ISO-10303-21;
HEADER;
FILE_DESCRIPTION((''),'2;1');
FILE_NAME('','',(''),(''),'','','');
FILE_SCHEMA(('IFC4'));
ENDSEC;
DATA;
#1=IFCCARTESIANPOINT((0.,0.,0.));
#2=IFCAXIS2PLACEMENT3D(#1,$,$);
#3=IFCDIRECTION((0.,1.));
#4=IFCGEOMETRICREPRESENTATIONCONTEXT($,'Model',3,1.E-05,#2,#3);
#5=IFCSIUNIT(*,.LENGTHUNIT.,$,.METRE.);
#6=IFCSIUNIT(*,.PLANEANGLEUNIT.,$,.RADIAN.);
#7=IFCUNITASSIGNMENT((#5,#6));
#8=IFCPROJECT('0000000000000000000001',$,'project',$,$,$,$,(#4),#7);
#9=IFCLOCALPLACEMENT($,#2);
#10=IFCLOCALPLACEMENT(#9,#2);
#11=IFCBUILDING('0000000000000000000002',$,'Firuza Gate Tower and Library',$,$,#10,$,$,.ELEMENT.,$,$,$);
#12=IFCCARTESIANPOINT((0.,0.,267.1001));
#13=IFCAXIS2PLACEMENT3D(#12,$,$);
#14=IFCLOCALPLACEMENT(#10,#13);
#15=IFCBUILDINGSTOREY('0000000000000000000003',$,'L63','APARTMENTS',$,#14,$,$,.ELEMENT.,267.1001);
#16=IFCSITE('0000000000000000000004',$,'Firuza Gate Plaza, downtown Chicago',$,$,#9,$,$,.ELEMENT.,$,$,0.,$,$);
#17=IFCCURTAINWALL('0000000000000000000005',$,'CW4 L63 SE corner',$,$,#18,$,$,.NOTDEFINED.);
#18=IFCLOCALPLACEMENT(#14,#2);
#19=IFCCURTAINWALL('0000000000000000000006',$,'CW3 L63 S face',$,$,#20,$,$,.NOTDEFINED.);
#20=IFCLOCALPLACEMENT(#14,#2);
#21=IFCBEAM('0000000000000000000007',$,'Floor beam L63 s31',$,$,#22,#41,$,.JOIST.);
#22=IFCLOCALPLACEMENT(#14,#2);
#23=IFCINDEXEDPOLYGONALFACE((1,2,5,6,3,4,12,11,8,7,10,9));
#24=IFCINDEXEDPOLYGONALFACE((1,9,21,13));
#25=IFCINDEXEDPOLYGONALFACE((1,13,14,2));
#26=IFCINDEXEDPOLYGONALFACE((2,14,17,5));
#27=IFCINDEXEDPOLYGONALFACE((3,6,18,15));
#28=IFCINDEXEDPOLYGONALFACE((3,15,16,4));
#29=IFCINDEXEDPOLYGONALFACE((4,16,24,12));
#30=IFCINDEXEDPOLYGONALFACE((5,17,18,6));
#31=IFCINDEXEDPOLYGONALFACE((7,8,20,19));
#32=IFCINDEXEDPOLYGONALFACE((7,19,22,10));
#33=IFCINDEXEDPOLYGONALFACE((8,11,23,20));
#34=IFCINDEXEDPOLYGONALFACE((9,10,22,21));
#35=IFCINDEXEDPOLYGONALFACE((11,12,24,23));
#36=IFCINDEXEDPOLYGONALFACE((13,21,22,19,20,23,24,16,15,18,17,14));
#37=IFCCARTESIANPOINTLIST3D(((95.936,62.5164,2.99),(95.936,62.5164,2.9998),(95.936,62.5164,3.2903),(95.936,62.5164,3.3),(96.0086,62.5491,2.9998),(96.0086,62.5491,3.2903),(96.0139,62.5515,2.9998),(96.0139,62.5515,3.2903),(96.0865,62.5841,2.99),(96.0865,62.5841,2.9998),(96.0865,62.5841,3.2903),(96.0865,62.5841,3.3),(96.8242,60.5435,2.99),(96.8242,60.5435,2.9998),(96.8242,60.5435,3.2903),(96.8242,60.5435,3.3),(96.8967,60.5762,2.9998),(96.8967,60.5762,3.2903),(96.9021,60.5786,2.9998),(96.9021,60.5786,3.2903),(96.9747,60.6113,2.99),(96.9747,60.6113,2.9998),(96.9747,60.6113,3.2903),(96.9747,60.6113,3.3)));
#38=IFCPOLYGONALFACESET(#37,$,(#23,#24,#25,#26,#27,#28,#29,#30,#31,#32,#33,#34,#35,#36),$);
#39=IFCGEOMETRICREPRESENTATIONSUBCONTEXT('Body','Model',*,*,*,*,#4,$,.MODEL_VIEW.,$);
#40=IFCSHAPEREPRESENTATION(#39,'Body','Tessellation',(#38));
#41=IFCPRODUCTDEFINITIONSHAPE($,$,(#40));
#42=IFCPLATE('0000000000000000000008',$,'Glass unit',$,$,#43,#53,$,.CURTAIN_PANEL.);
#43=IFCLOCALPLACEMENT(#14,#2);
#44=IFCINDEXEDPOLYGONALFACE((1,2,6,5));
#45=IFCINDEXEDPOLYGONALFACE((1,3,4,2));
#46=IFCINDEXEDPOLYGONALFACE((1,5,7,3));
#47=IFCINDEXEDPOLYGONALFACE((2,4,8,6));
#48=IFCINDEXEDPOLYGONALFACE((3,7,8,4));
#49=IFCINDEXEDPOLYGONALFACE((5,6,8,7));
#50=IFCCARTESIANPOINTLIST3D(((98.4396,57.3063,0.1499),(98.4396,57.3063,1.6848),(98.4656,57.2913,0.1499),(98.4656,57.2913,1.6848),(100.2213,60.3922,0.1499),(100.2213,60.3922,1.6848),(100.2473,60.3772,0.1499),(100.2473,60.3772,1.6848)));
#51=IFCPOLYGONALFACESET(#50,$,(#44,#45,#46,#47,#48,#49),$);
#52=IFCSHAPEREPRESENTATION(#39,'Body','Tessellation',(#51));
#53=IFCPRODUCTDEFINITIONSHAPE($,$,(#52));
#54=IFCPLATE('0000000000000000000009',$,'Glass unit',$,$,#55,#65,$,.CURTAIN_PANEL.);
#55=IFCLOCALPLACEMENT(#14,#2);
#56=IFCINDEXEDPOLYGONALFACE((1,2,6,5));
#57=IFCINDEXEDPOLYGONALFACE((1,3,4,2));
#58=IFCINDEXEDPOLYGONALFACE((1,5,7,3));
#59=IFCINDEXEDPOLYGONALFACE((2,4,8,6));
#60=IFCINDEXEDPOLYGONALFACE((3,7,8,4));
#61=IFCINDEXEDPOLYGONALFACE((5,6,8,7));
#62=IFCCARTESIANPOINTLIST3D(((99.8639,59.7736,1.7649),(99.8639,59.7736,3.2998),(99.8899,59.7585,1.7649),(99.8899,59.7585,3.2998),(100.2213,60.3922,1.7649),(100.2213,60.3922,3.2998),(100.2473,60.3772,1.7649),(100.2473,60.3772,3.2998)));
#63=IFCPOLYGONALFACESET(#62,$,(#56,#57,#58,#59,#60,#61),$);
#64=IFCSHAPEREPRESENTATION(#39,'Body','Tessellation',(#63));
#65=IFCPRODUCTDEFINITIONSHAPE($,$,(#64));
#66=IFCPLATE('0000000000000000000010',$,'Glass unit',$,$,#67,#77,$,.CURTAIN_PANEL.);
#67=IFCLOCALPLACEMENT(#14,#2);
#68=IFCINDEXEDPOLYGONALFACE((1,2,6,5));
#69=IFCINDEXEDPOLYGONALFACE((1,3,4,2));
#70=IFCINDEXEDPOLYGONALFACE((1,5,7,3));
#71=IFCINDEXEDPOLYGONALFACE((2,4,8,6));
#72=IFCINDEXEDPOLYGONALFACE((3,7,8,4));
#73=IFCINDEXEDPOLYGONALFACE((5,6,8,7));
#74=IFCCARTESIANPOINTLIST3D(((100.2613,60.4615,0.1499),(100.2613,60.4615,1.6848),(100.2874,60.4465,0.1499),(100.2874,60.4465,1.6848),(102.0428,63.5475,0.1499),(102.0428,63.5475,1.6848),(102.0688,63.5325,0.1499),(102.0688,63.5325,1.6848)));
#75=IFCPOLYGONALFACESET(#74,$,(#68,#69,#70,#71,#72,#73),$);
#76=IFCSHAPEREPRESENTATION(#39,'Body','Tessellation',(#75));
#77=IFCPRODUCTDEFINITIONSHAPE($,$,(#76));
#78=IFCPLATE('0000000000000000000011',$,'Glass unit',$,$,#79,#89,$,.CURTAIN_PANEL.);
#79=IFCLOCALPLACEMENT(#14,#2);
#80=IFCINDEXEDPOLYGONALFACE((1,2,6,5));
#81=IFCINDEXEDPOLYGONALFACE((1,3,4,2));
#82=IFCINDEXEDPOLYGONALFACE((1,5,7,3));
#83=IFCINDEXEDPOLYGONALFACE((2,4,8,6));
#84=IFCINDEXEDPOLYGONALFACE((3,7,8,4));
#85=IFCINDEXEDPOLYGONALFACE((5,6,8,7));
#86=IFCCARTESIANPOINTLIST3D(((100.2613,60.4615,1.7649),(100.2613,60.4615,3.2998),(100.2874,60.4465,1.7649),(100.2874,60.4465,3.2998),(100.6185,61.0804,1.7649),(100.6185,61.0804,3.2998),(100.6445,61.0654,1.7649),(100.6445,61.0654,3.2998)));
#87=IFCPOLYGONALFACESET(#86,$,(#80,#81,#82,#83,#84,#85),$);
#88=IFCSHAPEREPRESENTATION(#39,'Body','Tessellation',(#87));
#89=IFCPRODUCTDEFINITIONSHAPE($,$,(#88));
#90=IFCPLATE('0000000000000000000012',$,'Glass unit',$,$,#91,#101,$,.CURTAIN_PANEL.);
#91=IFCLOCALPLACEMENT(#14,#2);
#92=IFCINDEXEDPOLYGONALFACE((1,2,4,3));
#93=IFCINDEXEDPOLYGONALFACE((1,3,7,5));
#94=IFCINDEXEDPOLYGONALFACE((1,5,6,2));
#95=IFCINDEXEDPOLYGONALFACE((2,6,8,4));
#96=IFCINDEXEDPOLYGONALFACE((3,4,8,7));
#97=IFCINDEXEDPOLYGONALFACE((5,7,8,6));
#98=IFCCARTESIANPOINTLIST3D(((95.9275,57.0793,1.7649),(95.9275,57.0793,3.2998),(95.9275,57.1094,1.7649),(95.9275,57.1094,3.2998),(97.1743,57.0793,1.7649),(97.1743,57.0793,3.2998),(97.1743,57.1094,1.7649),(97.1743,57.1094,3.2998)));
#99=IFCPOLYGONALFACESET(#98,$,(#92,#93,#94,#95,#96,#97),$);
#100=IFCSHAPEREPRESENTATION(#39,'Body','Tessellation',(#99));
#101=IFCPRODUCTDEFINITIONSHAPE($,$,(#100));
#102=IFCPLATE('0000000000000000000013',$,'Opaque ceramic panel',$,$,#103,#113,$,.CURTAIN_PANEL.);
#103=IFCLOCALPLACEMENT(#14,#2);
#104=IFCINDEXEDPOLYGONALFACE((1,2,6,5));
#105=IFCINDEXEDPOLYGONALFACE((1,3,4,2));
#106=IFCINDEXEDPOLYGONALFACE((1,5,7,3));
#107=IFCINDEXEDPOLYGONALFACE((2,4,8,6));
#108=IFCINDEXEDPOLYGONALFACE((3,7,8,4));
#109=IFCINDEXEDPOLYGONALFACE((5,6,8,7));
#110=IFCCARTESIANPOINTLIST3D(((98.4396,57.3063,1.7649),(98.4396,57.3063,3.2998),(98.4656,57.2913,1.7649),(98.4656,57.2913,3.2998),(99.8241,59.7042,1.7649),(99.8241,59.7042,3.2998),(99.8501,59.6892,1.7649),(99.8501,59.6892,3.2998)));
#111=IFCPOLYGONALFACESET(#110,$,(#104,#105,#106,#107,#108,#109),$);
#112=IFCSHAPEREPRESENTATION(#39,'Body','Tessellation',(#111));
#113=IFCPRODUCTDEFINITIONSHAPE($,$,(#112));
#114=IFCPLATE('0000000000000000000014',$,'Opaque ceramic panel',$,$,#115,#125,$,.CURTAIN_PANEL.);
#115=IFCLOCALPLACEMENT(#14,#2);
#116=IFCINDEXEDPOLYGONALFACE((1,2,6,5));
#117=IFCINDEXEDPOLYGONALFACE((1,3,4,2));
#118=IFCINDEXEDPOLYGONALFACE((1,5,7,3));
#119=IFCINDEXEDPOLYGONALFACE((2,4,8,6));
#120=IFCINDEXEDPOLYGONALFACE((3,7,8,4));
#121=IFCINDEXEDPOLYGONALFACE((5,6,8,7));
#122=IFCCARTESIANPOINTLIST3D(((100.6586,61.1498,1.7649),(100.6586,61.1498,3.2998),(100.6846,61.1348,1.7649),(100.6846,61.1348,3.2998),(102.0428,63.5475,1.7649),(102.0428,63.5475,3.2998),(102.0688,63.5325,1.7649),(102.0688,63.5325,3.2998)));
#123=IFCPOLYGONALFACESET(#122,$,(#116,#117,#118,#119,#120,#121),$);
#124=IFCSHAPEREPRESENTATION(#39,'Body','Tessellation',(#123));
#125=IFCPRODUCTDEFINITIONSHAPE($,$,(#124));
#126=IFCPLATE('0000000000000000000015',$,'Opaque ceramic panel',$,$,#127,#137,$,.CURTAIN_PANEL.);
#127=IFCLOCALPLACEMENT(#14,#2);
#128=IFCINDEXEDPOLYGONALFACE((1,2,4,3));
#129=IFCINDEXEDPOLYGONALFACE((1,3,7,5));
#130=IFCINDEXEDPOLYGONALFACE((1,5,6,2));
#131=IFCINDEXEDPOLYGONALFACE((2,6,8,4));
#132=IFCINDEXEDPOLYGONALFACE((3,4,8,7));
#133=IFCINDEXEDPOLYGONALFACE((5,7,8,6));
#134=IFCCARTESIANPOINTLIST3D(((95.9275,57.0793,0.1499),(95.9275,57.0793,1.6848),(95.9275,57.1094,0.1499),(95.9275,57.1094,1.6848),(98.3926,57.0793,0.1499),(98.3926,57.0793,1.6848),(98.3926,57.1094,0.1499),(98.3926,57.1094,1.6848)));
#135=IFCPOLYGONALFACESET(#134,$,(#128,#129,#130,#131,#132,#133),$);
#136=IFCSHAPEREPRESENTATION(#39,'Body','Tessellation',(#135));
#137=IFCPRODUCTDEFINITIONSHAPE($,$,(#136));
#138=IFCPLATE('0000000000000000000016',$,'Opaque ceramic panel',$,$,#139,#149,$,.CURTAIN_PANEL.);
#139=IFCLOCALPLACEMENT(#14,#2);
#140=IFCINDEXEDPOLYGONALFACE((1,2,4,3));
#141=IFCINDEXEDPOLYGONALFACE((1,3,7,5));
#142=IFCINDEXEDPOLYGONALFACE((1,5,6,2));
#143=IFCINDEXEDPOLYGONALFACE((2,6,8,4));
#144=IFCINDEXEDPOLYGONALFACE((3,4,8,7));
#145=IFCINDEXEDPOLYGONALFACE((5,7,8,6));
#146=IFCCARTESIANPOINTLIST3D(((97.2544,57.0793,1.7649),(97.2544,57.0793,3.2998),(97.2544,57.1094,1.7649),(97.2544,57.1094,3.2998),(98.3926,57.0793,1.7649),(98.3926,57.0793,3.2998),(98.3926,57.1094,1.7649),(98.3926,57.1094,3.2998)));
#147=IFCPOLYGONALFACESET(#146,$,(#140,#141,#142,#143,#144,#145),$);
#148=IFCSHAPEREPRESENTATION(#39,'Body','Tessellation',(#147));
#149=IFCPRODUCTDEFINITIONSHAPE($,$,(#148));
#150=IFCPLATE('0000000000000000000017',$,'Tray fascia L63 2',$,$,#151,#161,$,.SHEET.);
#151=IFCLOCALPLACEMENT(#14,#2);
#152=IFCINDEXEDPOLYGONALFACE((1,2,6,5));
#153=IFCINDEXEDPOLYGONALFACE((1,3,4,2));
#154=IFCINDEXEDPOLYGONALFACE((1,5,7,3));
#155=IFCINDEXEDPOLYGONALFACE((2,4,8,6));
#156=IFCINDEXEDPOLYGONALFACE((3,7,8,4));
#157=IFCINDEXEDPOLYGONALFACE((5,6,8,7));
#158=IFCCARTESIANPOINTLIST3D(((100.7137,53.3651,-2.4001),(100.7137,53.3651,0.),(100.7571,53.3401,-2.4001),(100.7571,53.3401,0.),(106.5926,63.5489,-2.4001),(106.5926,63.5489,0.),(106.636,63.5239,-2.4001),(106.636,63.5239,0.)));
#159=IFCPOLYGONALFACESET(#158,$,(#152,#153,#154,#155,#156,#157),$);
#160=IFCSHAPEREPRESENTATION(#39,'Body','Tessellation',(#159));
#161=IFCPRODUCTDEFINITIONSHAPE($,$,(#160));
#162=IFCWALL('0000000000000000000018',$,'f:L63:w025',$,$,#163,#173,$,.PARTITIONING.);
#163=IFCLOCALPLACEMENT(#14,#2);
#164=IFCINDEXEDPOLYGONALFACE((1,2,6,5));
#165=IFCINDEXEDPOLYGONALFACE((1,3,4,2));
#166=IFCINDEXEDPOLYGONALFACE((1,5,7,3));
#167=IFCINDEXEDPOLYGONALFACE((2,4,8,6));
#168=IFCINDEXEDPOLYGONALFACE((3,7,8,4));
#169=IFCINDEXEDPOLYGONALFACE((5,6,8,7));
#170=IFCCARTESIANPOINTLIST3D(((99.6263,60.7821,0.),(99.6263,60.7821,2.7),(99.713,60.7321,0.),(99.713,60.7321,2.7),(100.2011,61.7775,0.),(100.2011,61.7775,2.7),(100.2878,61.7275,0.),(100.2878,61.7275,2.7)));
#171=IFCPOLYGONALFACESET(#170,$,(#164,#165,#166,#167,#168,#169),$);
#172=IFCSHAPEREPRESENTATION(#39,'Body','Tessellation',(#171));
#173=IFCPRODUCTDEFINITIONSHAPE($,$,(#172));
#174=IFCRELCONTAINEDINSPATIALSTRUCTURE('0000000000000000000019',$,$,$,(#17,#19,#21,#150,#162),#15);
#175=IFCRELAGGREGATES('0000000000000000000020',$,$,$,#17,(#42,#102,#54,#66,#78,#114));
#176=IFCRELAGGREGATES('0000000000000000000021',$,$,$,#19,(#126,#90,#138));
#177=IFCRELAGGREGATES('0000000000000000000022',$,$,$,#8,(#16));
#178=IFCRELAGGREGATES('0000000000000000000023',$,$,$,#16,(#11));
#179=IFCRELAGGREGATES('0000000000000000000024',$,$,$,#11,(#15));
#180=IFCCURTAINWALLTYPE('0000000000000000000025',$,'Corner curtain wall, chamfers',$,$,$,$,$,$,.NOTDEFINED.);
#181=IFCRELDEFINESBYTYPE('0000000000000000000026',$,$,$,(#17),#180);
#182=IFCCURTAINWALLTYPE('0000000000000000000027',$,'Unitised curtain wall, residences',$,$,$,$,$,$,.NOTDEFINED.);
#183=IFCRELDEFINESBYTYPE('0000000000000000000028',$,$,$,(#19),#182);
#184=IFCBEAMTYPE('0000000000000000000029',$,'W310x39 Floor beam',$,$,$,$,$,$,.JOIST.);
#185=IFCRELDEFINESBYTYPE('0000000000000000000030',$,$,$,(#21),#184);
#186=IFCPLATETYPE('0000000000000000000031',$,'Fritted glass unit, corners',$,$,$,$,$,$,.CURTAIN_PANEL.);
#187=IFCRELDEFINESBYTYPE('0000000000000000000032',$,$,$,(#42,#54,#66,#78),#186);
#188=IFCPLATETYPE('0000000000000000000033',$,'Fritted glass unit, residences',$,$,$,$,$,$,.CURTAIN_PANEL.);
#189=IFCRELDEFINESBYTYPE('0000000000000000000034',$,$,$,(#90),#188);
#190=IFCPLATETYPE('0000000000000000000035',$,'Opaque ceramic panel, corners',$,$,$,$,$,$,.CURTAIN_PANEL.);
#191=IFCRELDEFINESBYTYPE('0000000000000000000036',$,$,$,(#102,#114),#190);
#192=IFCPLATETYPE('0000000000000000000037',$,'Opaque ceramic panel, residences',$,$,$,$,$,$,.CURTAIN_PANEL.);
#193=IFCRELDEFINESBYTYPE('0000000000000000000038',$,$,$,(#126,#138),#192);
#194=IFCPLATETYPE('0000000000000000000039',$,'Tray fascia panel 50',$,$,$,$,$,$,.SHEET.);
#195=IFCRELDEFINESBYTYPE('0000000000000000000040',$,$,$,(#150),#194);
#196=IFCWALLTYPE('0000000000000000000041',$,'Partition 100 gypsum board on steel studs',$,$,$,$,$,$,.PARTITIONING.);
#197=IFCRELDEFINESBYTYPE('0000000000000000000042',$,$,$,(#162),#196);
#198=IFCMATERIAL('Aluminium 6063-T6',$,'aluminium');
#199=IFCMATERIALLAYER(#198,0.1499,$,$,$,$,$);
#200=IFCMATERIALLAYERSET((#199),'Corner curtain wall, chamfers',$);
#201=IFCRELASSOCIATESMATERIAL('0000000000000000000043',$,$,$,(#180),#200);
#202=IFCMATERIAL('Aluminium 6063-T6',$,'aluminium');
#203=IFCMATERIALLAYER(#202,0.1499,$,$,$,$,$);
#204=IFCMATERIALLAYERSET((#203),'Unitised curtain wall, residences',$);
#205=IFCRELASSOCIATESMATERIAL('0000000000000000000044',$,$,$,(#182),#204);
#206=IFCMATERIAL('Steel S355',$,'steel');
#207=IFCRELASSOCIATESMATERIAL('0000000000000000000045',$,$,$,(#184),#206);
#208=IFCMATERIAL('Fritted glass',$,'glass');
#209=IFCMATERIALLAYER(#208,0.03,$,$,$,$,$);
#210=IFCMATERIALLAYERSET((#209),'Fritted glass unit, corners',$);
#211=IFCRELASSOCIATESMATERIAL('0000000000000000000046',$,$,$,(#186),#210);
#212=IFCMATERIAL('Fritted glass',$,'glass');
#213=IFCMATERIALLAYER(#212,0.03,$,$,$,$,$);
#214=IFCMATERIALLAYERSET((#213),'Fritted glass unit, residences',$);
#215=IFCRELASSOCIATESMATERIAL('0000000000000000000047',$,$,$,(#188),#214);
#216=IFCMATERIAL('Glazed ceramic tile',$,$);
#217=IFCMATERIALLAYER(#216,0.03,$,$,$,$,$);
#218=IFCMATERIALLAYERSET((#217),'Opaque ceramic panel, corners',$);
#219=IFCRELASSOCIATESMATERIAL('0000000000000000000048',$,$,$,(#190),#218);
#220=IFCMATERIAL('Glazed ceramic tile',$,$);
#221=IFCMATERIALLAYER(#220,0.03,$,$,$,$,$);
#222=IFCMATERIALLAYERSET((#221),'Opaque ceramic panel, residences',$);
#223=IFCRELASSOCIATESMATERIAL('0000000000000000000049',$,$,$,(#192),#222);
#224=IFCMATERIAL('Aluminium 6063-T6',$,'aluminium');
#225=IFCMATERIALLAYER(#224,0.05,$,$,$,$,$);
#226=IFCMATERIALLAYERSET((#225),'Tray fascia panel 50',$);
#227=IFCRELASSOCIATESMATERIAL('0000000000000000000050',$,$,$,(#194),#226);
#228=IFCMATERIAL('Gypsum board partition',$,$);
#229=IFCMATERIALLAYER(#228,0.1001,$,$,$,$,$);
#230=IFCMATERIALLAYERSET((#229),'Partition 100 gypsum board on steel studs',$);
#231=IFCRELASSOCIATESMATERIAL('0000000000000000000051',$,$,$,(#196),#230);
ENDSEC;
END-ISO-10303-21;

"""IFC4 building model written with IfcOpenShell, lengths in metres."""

from ifc_helpers import new_model, si_unit, direction, frame, frame_2d, origin, origin_2d, place, context, subcontext, project, spatial, polyline, rectangle, i_section, outline, extrude, material, layer, layer_set, material_profile, profile_set, type_object, element, aggregate, save


model = new_model("IFC4")

# Units and contexts
model_context = context("Model", 3, precision=1e-05, world=origin(), true_north=direction((0.0, 1.0)))
body_context = subcontext(model_context, "Body", "Model", "MODEL_VIEW")
ifc_project = project(units=[si_unit("LENGTHUNIT", "METRE"), si_unit("PLANEANGLEUNIT", "RADIAN")], contexts=[model_context])

# Site, building, storey
site_placement = place(None, origin())
site = spatial("IfcSite", under=ifc_project, at=site_placement, Name="Firuza Gate Plaza, downtown Chicago", CompositionType="ELEMENT", RefElevation=0.0)
building_placement = place(site_placement, origin())
building = spatial("IfcBuilding", under=site, at=building_placement, Name="Firuza Gate Tower and Library", CompositionType="ELEMENT")
storey_placement = place(building_placement, frame((0.0, 0.0, 267.1001)))
storey = spatial("IfcBuildingStorey", under=building, at=storey_placement, Name="L63", Description="APARTMENTS", CompositionType="ELEMENT", Elevation=267.1001)

# Curtain walls
ifc_material_1 = material(Name="Aluminium 6063-T6", Category="aluminium")
ifc_layer_1 = layer(ifc_material_1, 0.1499)
ifc_layer_set_1 = layer_set([ifc_layer_1], Name="Corner curtain wall, chamfers")
curtain_wall_type_1 = type_object("IfcCurtainWallType", Name="Corner curtain wall, chamfers", PredefinedType="NOTDEFINED", material=ifc_layer_set_1)
placement = place(storey_placement, origin())
curtain_wall_1 = element("IfcCurtainWall", 1, at=placement, inside=storey, type_object=curtain_wall_type_1, Name="CW4 L63 SE corner", PredefinedType="NOTDEFINED")
ifc_material_2 = material(Name="Aluminium 6063-T6", Category="aluminium")
ifc_layer_2 = layer(ifc_material_2, 0.1499)
ifc_layer_set_2 = layer_set([ifc_layer_2], Name="Unitised curtain wall, residences")
curtain_wall_type_2 = type_object("IfcCurtainWallType", Name="Unitised curtain wall, residences", PredefinedType="NOTDEFINED", material=ifc_layer_set_2)
curtain_wall_2 = element("IfcCurtainWall", 2, at=placement, inside=storey, type_object=curtain_wall_type_2, Name="CW3 L63 S face", PredefinedType="NOTDEFINED")

# Beam
ifc_material_3 = material(Name="Steel S355", Category="steel")
ifc_material_profile_1 = material_profile(ifc_material_3, i_section(OverallWidth=0.165, OverallDepth=0.3101, WebThickness=0.0059, FlangeThickness=0.0098, at=origin_2d()))
ifc_profile_set_1 = profile_set([ifc_material_profile_1], Name="Steel S355")
beam_type = type_object("IfcBeamType", Name="W310x39 Floor beam", PredefinedType="JOIST", material=ifc_profile_set_1)
beam_placement = place(storey_placement, frame((96.8994, 60.5774, 3.145), z_axis=(-0.41051, 0.911856, 0.0), x_axis=(-0.911856, -0.41051, 0.0)))
element("IfcBeam", 3, at=beam_placement, inside=storey, type_object=beam_type, Name="Floor beam L63 s31", PredefinedType="JOIST", context=body_context, shape_type="SweptSolid", body=[
    extrude(i_section(OverallWidth=0.165, OverallDepth=0.3101, WebThickness=0.0059, FlangeThickness=0.0098, at=origin_2d()), origin(), (0.0, 0.0, 1.0), 2.1636),
])

# Plates
ifc_material_4 = material(Name="Fritted glass", Category="glass")
ifc_layer_3 = layer(ifc_material_4, 0.03)
ifc_layer_set_3 = layer_set([ifc_layer_3], Name="Fritted glass unit, corners")
plate_type_1 = type_object("IfcPlateType", Name="Fritted glass unit, corners", PredefinedType="CURTAIN_PANEL", material=ifc_layer_set_3)
plate_1_placement = place(storey_placement, frame((98.4656, 57.2913, 0.1499), z_axis=(0.866017, -0.500015, 0.0), x_axis=(0.500015, 0.866017, 0.0)))
plate_1 = element("IfcPlate", 4, at=plate_1_placement, type_object=plate_type_1, Name="Glass unit", PredefinedType="CURTAIN_PANEL", context=body_context, shape_type="SweptSolid", body=[
    extrude(outline(polyline([(0.0, 0.0), (3.5634, 0.0), (3.5634, 1.5349), (0.0, 1.5349), (0.0, 0.0)])), origin(), (0.0, 0.0, -1.0), 0.03),
])
plate_2_placement = place(storey_placement, frame((99.8899, 59.7585, 1.7649), z_axis=(0.865878, -0.500255, 0.0), x_axis=(0.500255, 0.865878, 0.0)))
plate_2 = element("IfcPlate", 5, at=plate_2_placement, type_object=plate_type_1, Name="Glass unit", PredefinedType="CURTAIN_PANEL", context=body_context, shape_type="SweptSolid", body=[
    extrude(outline(polyline([(0.0, 0.0), (0.7145, 0.0), (0.7145, 1.5349), (0.0, 1.5349), (0.0, 0.0)])), origin(), (0.0, 0.0, -1.0), 0.03),
])
plate_3_placement = place(storey_placement, frame((100.2874, 60.4465, 0.1499), z_axis=(0.866046, -0.499964, 0.0), x_axis=(0.499964, 0.866046, 0.0)))
plate_3 = element("IfcPlate", 6, at=plate_3_placement, type_object=plate_type_1, Name="Glass unit", PredefinedType="CURTAIN_PANEL", context=body_context, shape_type="SweptSolid", body=[
    extrude(outline(polyline([(0.0, 0.0), (3.5632, 0.0), (3.5632, 1.5349), (0.0, 1.5349), (0.0, 0.0)])), origin(), (0.0, 0.0, -1.0), 0.03),
])
plate_4_placement = place(storey_placement, frame((100.2874, 60.4465, 1.7649), z_axis=(0.866112, -0.499851, 0.0), x_axis=(0.499851, 0.866112, 0.0)))
plate_4 = element("IfcPlate", 7, at=plate_4_placement, type_object=plate_type_1, Name="Glass unit", PredefinedType="CURTAIN_PANEL", context=body_context, shape_type="SweptSolid", body=[
    extrude(outline(polyline([(0.0, 0.0), (0.7146, 0.0), (0.7146, 1.5349), (0.0, 1.5349), (0.0, 0.0)])), origin(), (0.0, 0.0, -1.0), 0.03),
])
ifc_material_5 = material(Name="Fritted glass", Category="glass")
ifc_layer_4 = layer(ifc_material_5, 0.03)
ifc_layer_set_4 = layer_set([ifc_layer_4], Name="Fritted glass unit, residences")
plate_type_2 = type_object("IfcPlateType", Name="Fritted glass unit, residences", PredefinedType="CURTAIN_PANEL", material=ifc_layer_set_4)
plate_5_placement = place(storey_placement, frame((95.9275, 57.0793, 1.7649), z_axis=(0.0, -1.0, 0.0), x_axis=(1.0, 0.0, 0.0)))
plate_5 = element("IfcPlate", 8, at=plate_5_placement, type_object=plate_type_2, Name="Glass unit", PredefinedType="CURTAIN_PANEL", context=body_context, shape_type="SweptSolid", body=[
    extrude(outline(polyline([(0.0, 0.0), (1.2468, 0.0), (1.2468, 1.5349), (0.0, 1.5349), (0.0, 0.0)])), origin(), (0.0, 0.0, -1.0), 0.03),
])
ifc_material_6 = material(Name="Glazed ceramic tile")
ifc_layer_5 = layer(ifc_material_6, 0.03)
ifc_layer_set_5 = layer_set([ifc_layer_5], Name="Opaque ceramic panel, corners")
plate_type_3 = type_object("IfcPlateType", Name="Opaque ceramic panel, corners", PredefinedType="CURTAIN_PANEL", material=ifc_layer_set_5)
plate_6_placement = place(storey_placement, frame((98.4656, 57.2913, 1.7649), z_axis=(0.866015, -0.500018, 0.0), x_axis=(0.500018, 0.866015, 0.0)))
plate_6 = element("IfcPlate", 9, at=plate_6_placement, type_object=plate_type_3, Name="Opaque ceramic panel", PredefinedType="CURTAIN_PANEL", context=body_context, shape_type="SweptSolid", body=[
    extrude(outline(polyline([(0.0, 0.0), (2.7689, 0.0), (2.7689, 1.5349), (0.0, 1.5349), (0.0, 0.0)])), origin(), (0.0, 0.0, -1.0), 0.03),
])
plate_7_placement = place(storey_placement, frame((100.6846, 61.1348, 1.7649), z_axis=(0.866031, -0.49999, 0.0), x_axis=(0.49999, 0.866031, 0.0)))
plate_7 = element("IfcPlate", 10, at=plate_7_placement, type_object=plate_type_3, Name="Opaque ceramic panel", PredefinedType="CURTAIN_PANEL", context=body_context, shape_type="SweptSolid", body=[
    extrude(outline(polyline([(0.0, 0.0), (2.7686, 0.0), (2.7686, 1.5349), (0.0, 1.5349), (0.0, 0.0)])), origin(), (0.0, 0.0, -1.0), 0.03),
])
aggregate(curtain_wall_1, [plate_1, plate_6, plate_2, plate_3, plate_4, plate_7])
ifc_material_7 = material(Name="Glazed ceramic tile")
ifc_layer_6 = layer(ifc_material_7, 0.03)
ifc_layer_set_6 = layer_set([ifc_layer_6], Name="Opaque ceramic panel, residences")
plate_type_4 = type_object("IfcPlateType", Name="Opaque ceramic panel, residences", PredefinedType="CURTAIN_PANEL", material=ifc_layer_set_6)
plate_8_placement = place(storey_placement, frame((95.9275, 57.0793, 0.1499), z_axis=(0.0, -1.0, 0.0), x_axis=(1.0, 0.0, 0.0)))
plate_8 = element("IfcPlate", 11, at=plate_8_placement, type_object=plate_type_4, Name="Opaque ceramic panel", PredefinedType="CURTAIN_PANEL", context=body_context, shape_type="SweptSolid", body=[
    extrude(outline(polyline([(0.0, 0.0), (2.4651, 0.0), (2.4651, 1.5349), (0.0, 1.5349), (0.0, 0.0)])), origin(), (0.0, 0.0, -1.0), 0.03),
])
plate_9_placement = place(storey_placement, frame((97.2544, 57.0793, 1.7649), z_axis=(0.0, -1.0, 0.0), x_axis=(1.0, 0.0, 0.0)))
plate_9 = element("IfcPlate", 12, at=plate_9_placement, type_object=plate_type_4, Name="Opaque ceramic panel", PredefinedType="CURTAIN_PANEL", context=body_context, shape_type="SweptSolid", body=[
    extrude(outline(polyline([(0.0, 0.0), (1.1382, 0.0), (1.1382, 1.5349), (0.0, 1.5349), (0.0, 0.0)])), origin(), (0.0, 0.0, -1.0), 0.03),
])
ifc_material_8 = material(Name="Aluminium 6063-T6", Category="aluminium")
ifc_layer_7 = layer(ifc_material_8, 0.05)
ifc_layer_set_7 = layer_set([ifc_layer_7], Name="Tray fascia panel 50")
plate_type_5 = type_object("IfcPlateType", Name="Tray fascia panel 50", PredefinedType="SHEET", material=ifc_layer_set_7)
plate_10_placement = place(storey_placement, frame((100.7571, 53.3401, -2.4001), z_axis=(0.866052, -0.499953, 0.0), x_axis=(0.499953, 0.866052, 0.0)))
element("IfcPlate", 13, at=plate_10_placement, inside=storey, type_object=plate_type_5, Name="Tray fascia L63 2", PredefinedType="SHEET", context=body_context, shape_type="SweptSolid", body=[
    extrude(outline(polyline([(0.0, 0.0), (11.7589, 0.0), (11.7589, 2.4001), (0.0, 2.4001), (0.0, 0.0)])), origin(), (0.0, 0.0, -1.0), 0.05),
])

# Wall
ifc_material_9 = material(Name="Gypsum board partition")
ifc_layer_8 = layer(ifc_material_9, 0.1001)
ifc_layer_set_8 = layer_set([ifc_layer_8], Name="Partition 100 gypsum board on steel studs")
wall_type_1 = type_object("IfcWallType", Name="Partition 100 gypsum board on steel studs", PredefinedType="PARTITIONING", material=ifc_layer_set_8)
wall_1_placement = place(storey_placement, frame((99.6697, 60.7571, 0.0), z_axis=(0.0, 0.0, 1.0), x_axis=(0.500023, 0.866012, 0.0)))
element("IfcWall", 14, at=wall_1_placement, inside=storey, type_object=wall_type_1, Name="f:L63:w025", PredefinedType="PARTITIONING", context=body_context, shape_type="SweptSolid", body=[
    extrude(rectangle(XDim=1.1494, YDim=0.1001, at=frame_2d((0.5747, 0.0))), origin(), (0.0, 0.0, 1.0), 2.7),
])

aggregate(curtain_wall_2, [plate_8, plate_5, plate_9])

save(model, "model.ifc")
